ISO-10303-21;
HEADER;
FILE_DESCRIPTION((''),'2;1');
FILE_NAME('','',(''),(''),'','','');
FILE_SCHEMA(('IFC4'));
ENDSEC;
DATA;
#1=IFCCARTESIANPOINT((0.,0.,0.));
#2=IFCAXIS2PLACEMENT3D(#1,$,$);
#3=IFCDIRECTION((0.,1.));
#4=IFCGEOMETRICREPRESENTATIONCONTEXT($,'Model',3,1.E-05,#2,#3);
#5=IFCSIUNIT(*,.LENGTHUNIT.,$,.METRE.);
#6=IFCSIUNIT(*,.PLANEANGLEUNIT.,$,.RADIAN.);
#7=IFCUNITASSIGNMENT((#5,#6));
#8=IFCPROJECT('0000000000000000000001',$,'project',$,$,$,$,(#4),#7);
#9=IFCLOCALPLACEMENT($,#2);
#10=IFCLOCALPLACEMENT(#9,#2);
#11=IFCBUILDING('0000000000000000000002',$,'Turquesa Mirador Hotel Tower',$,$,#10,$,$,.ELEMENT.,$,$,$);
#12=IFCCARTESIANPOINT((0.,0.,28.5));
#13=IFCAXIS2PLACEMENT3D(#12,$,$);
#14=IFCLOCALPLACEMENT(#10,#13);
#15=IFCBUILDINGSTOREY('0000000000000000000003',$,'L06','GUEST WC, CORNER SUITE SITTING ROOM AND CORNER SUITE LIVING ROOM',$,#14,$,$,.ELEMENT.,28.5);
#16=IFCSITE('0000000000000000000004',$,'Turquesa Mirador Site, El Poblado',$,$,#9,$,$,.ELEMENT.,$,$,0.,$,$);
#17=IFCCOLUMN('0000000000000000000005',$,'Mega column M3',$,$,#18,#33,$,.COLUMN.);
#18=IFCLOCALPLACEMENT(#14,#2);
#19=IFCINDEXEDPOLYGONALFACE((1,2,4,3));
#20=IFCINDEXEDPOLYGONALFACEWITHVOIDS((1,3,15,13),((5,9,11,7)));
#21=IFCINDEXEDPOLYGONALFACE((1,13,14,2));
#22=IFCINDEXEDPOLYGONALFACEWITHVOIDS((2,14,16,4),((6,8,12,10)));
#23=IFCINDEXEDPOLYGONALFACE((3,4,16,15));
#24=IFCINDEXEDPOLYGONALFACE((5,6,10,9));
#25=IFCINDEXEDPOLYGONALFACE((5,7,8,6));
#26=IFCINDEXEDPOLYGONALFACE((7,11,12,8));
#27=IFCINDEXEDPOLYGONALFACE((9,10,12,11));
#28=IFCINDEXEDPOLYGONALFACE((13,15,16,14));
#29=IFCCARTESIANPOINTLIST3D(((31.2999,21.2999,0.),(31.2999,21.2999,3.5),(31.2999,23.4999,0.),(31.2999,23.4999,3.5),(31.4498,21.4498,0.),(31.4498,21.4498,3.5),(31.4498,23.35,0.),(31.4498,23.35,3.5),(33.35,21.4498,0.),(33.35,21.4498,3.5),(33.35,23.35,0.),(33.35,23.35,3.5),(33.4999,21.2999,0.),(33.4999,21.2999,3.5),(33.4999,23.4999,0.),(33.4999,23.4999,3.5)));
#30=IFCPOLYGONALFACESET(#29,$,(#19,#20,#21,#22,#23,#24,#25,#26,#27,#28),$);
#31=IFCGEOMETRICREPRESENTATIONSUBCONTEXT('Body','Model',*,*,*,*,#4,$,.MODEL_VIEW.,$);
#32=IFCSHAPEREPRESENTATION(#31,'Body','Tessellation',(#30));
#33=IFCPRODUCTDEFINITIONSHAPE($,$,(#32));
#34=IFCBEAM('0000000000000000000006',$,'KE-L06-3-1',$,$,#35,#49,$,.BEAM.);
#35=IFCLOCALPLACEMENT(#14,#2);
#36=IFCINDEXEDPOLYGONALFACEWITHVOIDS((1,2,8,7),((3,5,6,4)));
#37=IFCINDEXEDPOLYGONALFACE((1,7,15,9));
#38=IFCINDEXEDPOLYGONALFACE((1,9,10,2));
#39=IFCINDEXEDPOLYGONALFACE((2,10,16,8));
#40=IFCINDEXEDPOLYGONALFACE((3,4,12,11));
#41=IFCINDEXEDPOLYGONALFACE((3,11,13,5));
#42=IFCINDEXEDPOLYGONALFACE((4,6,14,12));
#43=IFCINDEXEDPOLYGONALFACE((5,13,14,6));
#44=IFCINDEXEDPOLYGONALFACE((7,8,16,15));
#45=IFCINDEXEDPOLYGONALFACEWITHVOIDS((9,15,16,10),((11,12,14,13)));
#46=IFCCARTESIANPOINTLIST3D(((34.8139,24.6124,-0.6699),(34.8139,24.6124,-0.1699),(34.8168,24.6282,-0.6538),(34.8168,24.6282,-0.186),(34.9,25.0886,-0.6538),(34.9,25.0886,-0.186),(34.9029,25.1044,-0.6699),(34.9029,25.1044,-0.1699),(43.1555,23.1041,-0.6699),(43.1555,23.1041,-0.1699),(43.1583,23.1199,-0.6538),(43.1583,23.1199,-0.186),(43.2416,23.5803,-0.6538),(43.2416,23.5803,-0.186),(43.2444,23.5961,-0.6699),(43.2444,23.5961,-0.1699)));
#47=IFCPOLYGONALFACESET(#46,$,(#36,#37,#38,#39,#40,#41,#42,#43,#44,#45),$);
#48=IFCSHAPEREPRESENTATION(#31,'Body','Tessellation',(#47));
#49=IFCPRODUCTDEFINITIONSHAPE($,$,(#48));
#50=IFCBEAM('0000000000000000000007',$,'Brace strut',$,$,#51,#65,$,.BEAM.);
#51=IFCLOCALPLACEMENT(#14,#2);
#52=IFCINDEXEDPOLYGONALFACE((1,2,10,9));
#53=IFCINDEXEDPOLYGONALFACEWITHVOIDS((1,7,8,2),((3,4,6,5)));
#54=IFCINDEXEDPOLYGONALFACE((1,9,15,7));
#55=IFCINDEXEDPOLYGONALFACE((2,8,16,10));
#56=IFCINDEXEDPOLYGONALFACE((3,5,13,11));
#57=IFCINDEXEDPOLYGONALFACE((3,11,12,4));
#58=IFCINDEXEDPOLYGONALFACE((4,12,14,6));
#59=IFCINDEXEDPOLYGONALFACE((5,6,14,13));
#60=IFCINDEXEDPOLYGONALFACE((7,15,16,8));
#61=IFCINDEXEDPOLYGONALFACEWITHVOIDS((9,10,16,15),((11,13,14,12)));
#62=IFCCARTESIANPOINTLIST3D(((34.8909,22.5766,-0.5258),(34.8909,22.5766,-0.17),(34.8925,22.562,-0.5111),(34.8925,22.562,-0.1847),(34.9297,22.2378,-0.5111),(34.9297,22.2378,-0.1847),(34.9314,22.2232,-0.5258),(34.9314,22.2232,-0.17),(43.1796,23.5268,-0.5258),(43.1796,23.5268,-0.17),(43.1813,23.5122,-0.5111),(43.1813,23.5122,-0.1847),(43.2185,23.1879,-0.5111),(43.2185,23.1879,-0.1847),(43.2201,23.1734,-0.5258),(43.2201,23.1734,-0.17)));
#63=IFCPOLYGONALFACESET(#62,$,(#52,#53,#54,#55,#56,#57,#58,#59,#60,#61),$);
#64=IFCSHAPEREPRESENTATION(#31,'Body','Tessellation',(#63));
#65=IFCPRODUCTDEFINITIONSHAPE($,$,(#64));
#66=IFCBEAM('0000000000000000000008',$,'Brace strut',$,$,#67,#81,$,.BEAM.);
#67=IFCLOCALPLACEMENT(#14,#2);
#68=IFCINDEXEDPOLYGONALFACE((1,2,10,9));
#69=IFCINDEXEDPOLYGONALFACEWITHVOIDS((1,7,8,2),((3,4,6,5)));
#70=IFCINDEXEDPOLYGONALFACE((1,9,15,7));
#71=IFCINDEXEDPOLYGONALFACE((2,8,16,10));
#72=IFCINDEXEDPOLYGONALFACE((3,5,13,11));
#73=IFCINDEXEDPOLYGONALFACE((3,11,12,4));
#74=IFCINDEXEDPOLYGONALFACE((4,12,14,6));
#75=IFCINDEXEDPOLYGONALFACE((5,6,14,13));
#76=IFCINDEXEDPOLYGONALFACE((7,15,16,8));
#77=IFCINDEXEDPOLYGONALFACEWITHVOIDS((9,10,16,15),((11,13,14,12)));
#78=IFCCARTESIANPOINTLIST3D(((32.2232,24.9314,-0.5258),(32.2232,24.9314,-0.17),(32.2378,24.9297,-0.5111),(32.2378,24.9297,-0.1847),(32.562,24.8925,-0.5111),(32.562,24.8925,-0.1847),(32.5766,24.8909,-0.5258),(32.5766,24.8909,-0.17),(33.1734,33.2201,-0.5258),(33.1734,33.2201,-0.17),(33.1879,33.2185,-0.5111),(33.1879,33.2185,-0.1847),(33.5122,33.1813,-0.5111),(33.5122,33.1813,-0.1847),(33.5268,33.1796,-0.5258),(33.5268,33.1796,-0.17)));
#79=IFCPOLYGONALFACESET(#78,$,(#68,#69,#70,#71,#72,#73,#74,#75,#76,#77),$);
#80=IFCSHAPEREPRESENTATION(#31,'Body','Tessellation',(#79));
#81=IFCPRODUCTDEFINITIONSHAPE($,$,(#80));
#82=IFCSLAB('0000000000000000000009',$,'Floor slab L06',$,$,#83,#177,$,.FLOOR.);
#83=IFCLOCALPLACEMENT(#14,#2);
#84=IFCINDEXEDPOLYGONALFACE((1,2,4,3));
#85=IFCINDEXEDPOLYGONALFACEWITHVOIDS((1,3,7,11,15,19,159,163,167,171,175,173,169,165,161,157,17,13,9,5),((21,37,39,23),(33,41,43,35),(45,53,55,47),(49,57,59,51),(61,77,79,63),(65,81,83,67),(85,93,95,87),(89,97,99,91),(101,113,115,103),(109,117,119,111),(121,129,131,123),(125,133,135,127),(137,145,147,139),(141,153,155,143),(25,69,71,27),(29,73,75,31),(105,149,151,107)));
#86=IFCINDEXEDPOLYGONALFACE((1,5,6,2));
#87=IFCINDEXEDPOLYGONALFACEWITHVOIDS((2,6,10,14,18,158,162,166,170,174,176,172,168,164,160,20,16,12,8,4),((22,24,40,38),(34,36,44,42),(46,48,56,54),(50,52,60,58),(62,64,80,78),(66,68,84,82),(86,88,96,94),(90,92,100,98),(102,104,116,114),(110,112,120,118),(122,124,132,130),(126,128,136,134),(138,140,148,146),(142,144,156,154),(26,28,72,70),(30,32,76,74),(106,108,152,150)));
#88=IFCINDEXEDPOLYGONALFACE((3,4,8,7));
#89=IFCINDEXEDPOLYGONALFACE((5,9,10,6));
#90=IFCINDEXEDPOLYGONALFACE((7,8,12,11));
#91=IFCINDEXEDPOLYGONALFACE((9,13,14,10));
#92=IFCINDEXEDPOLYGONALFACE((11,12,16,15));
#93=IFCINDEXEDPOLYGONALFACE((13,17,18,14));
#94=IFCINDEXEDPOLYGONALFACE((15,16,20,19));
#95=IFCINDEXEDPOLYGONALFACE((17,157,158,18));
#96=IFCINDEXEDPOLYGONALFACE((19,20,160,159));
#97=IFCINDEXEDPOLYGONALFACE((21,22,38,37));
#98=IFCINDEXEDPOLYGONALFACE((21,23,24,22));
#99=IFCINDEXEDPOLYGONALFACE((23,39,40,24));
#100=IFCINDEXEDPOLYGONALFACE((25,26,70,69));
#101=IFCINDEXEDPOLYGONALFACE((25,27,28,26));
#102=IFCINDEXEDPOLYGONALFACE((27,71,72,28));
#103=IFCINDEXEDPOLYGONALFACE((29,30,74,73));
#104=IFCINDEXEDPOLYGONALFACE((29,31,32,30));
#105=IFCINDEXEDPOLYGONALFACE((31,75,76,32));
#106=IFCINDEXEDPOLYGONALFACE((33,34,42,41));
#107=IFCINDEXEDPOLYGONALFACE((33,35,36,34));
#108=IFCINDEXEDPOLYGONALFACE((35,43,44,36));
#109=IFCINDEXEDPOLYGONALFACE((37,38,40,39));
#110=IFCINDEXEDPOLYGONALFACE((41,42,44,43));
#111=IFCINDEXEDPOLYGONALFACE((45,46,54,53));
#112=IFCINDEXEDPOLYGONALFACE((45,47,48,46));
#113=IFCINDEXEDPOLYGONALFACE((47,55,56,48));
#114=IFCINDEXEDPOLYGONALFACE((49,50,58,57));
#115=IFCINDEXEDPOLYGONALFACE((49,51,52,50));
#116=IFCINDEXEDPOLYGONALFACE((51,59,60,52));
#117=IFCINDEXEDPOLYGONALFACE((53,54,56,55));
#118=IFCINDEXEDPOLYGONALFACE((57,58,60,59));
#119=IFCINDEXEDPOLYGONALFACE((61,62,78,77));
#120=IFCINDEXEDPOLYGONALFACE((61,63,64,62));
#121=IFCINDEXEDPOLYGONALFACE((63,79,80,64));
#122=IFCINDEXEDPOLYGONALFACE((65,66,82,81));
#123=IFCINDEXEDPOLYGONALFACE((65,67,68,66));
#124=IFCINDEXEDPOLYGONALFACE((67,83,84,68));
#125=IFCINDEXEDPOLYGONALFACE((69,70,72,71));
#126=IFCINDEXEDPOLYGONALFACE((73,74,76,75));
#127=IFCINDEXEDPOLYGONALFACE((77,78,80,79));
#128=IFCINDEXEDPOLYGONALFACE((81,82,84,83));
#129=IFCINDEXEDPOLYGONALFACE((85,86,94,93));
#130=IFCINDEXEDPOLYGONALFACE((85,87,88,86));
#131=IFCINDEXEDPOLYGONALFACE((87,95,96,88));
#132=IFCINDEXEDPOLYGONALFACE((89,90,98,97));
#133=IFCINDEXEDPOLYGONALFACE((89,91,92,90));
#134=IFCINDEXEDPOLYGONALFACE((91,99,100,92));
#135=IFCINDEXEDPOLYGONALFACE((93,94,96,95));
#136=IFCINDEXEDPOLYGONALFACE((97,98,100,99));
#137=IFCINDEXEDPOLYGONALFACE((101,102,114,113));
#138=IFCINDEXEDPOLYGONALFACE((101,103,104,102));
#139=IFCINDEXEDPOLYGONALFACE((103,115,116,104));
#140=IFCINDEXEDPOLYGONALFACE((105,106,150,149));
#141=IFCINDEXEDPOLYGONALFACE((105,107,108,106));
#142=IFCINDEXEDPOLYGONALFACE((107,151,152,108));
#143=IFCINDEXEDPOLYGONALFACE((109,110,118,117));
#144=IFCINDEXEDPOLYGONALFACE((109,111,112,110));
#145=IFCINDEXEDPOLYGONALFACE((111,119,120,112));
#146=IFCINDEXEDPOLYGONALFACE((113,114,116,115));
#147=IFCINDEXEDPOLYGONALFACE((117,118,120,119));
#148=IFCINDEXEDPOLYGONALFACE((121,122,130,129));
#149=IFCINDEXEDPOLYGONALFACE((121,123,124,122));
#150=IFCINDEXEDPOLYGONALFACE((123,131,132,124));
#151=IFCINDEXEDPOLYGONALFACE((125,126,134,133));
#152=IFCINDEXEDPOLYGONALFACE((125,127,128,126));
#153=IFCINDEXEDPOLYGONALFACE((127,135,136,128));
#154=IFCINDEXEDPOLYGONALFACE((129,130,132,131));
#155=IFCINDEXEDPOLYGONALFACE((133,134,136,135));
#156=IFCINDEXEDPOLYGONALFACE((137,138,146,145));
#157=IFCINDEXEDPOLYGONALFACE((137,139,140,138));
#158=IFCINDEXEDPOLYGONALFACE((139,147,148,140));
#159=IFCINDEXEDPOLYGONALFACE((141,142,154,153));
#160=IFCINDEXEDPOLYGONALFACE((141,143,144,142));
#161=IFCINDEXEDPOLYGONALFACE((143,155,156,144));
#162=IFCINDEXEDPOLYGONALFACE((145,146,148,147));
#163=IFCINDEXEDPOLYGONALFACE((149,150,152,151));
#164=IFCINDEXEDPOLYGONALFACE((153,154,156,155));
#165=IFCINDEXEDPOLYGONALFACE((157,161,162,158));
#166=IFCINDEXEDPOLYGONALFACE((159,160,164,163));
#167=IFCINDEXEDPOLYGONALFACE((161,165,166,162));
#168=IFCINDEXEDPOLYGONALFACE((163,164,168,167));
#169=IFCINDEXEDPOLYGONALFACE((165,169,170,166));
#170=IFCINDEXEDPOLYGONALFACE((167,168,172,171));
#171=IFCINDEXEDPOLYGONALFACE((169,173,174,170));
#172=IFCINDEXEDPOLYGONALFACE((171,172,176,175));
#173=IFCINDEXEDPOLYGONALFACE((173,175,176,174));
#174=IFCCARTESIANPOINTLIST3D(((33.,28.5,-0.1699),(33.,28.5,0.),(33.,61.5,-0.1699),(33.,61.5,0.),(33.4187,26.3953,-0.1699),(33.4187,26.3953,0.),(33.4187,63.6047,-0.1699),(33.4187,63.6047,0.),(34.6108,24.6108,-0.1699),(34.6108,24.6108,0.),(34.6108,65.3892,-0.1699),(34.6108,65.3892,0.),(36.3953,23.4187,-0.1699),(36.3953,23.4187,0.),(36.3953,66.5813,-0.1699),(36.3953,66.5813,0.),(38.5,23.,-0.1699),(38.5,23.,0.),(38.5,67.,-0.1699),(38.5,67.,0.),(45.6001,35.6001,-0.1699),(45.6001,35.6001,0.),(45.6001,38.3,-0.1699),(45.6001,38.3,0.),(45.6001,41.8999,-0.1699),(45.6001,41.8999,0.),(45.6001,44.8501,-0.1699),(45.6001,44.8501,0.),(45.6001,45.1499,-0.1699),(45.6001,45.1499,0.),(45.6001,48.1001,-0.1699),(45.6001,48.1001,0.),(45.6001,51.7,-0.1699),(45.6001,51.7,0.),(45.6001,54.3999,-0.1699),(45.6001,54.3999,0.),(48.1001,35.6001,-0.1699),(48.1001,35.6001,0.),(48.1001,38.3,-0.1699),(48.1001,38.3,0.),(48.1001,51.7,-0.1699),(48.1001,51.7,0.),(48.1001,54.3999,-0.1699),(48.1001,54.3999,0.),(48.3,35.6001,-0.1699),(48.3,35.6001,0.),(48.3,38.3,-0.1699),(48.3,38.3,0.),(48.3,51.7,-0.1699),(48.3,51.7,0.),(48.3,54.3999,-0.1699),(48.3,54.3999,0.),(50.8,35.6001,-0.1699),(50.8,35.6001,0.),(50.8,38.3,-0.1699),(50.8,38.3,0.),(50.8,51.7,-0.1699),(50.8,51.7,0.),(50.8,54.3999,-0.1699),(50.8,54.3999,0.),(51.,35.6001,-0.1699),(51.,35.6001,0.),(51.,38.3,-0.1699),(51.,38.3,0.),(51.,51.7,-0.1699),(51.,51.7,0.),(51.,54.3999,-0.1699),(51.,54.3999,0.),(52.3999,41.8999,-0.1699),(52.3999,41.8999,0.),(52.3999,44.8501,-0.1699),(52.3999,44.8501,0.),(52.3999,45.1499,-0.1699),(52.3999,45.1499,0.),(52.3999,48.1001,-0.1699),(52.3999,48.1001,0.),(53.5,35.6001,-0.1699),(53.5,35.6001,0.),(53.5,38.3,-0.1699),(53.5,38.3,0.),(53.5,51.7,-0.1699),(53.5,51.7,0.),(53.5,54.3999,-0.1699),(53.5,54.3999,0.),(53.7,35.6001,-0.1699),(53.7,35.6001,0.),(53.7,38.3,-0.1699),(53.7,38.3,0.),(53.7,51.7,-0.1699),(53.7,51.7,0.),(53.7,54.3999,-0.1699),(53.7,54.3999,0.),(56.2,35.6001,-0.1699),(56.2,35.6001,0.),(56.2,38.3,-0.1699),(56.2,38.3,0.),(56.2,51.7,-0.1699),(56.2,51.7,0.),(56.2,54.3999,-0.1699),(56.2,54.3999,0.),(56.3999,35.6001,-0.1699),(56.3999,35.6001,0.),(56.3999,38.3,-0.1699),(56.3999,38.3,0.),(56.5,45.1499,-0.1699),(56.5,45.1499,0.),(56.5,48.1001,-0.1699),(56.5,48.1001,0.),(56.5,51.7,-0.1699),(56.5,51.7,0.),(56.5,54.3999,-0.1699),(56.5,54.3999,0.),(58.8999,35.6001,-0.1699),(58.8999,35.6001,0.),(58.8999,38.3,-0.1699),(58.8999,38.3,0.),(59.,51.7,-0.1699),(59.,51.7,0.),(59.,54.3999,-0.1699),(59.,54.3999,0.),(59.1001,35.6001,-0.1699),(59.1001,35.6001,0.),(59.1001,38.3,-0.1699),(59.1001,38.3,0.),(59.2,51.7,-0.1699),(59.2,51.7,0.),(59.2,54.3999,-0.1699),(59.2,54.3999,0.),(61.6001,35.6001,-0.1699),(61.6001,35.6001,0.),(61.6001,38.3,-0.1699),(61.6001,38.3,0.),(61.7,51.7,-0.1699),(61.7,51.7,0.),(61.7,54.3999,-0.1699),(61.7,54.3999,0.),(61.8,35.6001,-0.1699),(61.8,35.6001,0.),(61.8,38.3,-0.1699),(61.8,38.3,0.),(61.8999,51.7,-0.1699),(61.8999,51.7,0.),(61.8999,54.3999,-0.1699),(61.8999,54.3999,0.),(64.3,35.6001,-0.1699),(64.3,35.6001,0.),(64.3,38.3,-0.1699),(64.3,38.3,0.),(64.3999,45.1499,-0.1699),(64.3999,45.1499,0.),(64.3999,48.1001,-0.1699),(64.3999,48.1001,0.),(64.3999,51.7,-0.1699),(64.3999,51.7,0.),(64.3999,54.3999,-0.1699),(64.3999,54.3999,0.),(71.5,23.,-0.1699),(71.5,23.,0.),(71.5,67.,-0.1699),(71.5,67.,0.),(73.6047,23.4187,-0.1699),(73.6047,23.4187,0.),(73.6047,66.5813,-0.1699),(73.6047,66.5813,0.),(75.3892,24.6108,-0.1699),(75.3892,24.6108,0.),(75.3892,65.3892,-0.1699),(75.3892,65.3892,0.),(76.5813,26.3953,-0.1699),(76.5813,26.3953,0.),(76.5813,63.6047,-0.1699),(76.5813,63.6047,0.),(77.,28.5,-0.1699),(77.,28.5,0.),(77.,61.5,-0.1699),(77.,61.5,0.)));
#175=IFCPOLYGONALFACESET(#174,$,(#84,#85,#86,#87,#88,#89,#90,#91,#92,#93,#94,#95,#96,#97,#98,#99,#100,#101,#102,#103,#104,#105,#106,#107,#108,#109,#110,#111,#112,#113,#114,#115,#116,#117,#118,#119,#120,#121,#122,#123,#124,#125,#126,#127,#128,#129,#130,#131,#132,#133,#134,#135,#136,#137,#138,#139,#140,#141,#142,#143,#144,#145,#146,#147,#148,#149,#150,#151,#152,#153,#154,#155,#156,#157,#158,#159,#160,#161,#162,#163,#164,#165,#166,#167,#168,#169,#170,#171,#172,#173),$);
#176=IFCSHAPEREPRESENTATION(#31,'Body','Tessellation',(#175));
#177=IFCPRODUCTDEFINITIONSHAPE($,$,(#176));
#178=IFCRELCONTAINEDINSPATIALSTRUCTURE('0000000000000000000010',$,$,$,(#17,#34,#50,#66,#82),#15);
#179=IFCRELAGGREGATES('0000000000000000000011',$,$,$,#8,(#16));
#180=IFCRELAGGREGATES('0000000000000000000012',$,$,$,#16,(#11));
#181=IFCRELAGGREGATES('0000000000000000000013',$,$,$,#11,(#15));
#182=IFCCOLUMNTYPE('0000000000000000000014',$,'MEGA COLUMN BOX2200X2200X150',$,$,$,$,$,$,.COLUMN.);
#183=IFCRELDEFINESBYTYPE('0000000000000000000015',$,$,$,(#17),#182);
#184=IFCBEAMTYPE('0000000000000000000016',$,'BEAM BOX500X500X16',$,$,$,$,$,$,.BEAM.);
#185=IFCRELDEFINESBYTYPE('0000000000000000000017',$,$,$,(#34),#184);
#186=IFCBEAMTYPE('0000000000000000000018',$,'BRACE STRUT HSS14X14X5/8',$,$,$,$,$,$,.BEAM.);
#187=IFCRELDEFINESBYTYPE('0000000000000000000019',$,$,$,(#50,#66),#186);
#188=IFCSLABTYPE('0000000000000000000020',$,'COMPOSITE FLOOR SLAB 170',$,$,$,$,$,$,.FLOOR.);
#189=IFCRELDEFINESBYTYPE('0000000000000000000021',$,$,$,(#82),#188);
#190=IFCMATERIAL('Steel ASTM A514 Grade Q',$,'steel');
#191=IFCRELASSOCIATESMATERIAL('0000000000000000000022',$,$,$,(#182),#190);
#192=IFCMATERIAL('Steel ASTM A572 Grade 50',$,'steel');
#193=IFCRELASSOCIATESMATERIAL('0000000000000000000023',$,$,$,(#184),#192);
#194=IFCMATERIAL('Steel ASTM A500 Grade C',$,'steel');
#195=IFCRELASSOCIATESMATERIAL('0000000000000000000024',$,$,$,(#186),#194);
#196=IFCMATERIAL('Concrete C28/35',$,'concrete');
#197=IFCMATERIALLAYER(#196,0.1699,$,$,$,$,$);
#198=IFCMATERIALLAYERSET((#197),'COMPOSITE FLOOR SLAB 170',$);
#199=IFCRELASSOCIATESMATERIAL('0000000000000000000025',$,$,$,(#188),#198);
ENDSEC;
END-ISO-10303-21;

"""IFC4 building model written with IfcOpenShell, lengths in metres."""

from ifc_helpers import new_model, si_unit, direction, frame, origin, origin_2d, place, context, subcontext, project, spatial, polyline, hollow_rectangle, outline, extrude, material, layer, layer_set, material_profile, profile_set, type_object, element, save


model = new_model("IFC4")

# Units and contexts
model_context = context("Model", 3, precision=1e-05, world=origin(), true_north=direction((0.0, 1.0)))
body_context = subcontext(model_context, "Body", "Model", "MODEL_VIEW")
ifc_project = project(units=[si_unit("LENGTHUNIT", "METRE"), si_unit("PLANEANGLEUNIT", "RADIAN")], contexts=[model_context])

# Site, building, storey
site_placement = place(None, origin())
site = spatial("IfcSite", under=ifc_project, at=site_placement, Name="Turquesa Mirador Site, El Poblado", CompositionType="ELEMENT", RefElevation=0.0)
building_placement = place(site_placement, origin())
building = spatial("IfcBuilding", under=site, at=building_placement, Name="Turquesa Mirador Hotel Tower", CompositionType="ELEMENT")
storey_placement = place(building_placement, frame((0.0, 0.0, 28.5)))
storey = spatial("IfcBuildingStorey", under=building, at=storey_placement, Name="L06", Description="GUEST WC, CORNER SUITE SITTING ROOM AND CORNER SUITE LIVING ROOM", CompositionType="ELEMENT", Elevation=28.5)

# Column
ifc_material_1 = material(Name="Steel ASTM A514 Grade Q", Category="steel")
ifc_material_profile_1 = material_profile(ifc_material_1, hollow_rectangle(XDim=2.2, YDim=2.2, WallThickness=0.1499, at=origin_2d()), Name="BOX2200X2200X150")
ifc_profile_set_1 = profile_set([ifc_material_profile_1], Name="Steel ASTM A514 Grade Q")
column_type = type_object("IfcColumnType", Name="MEGA COLUMN BOX2200X2200X150", PredefinedType="COLUMN", material=ifc_profile_set_1)
column_placement = place(storey_placement, frame((32.3999, 22.3999, 0.0), z_axis=(0.0, 0.0, 1.0), x_axis=(1.0, 0.0, 0.0)))
element("IfcColumn", 1, at=column_placement, inside=storey, type_object=column_type, Name="Mega column M3", PredefinedType="COLUMN", context=body_context, shape_type="SweptSolid", body=[
    extrude(hollow_rectangle(XDim=2.2, YDim=2.2, WallThickness=0.1499, at=origin_2d()), origin(), (0.0, 0.0, 1.0), 3.5),
])

# Beams
ifc_material_2 = material(Name="Steel ASTM A572 Grade 50", Category="steel")
ifc_material_profile_2 = material_profile(ifc_material_2, hollow_rectangle(XDim=0.5, YDim=0.5, WallThickness=0.0161, at=origin_2d()), Name="BOX500X500X16")
ifc_profile_set_2 = profile_set([ifc_material_profile_2], Name="Steel ASTM A572 Grade 50")
beam_type_1 = type_object("IfcBeamType", Name="BEAM BOX500X500X16", PredefinedType="BEAM", material=ifc_profile_set_2)
beam_placement = place(storey_placement, frame((34.8584, 24.8584, -0.4199), z_axis=(0.984043, -0.177932, 0.0), x_axis=(0.177932, 0.984043, 0.0)))
element("IfcBeam", 2, at=beam_placement, inside=storey, type_object=beam_type_1, Name="KE-L06-3-1", PredefinedType="BEAM", context=body_context, shape_type="SweptSolid", body=[
    extrude(hollow_rectangle(XDim=0.5, YDim=0.5, WallThickness=0.0161, at=origin_2d()), origin(), (0.0, 0.0, 1.0), 8.4768),
])
ifc_material_3 = material(Name="Steel ASTM A500 Grade C", Category="steel")
ifc_material_profile_3 = material_profile(ifc_material_3, hollow_rectangle(XDim=0.3557, YDim=0.3557, WallThickness=0.0146, at=origin_2d()), Name="HSS14X14X5/8")
ifc_profile_set_3 = profile_set([ifc_material_profile_3], Name="Steel ASTM A500 Grade C")
beam_type_2 = type_object("IfcBeamType", Name="BRACE STRUT HSS14X14X5/8", PredefinedType="BEAM", material=ifc_profile_set_3)
for number, where, z_axis, x_axis, name in (
    (3, (34.9111, 22.3999, -0.3479), (0.993493, 0.11389, 0.0), (-0.11389, 0.993493, 0.0), "Brace strut"),
    (4, (32.3999, 24.9111, -0.3479), (0.11389, 0.993493, 0.0), (-0.993493, 0.11389, 0.0), "Brace strut"),
):
    element("IfcBeam", number, at=place(storey_placement, frame(where, z_axis=z_axis, x_axis=x_axis)), inside=storey, type_object=beam_type_2, Name=name, PredefinedType="BEAM", context=body_context, shape_type="SweptSolid", body=[
        extrude(hollow_rectangle(XDim=0.3557, YDim=0.3557, WallThickness=0.0146, at=origin_2d()), origin(), (0.0, 0.0, 1.0), 8.343),
    ])

# Slab
ifc_material_4 = material(Name="Concrete C28/35", Category="concrete")
ifc_layer_1 = layer(ifc_material_4, 0.1699)
ifc_layer_set_1 = layer_set([ifc_layer_1], Name="COMPOSITE FLOOR SLAB 170")
slab_type_1 = type_object("IfcSlabType", Name="COMPOSITE FLOOR SLAB 170", PredefinedType="FLOOR", material=ifc_layer_set_1)
slab_1_placement = place(storey_placement, frame((0.0, 0.0, -0.1699)))
element("IfcSlab", 5, at=slab_1_placement, inside=storey, type_object=slab_type_1, Name="Floor slab L06", PredefinedType="FLOOR", context=body_context, shape_type="SweptSolid", body=[
    extrude(outline(polyline([(71.5, 23.0), (73.6047, 23.4187), (75.3892, 24.6108), (76.5813, 26.3953), (77.0, 28.5), (77.0, 61.5), (76.5813, 63.6047), (75.3892, 65.3892), (73.6047, 66.5813), (71.5, 67.0), (38.5, 67.0), (36.3953, 66.5813), (34.6108, 65.3892), (33.4187, 63.6047), (33.0, 61.5), (33.0, 28.5), (33.4187, 26.3953), (34.6108, 24.6108), (36.3953, 23.4187), (38.5, 23.0), (71.5, 23.0)]), holes=[polyline([(45.6001, 51.7), (48.1001, 51.7), (48.1001, 54.3999), (45.6001, 54.3999), (45.6001, 51.7)]), polyline([(48.3, 51.7), (50.8, 51.7), (50.8, 54.3999), (48.3, 54.3999), (48.3, 51.7)]), polyline([(51.0, 51.7), (53.5, 51.7), (53.5, 54.3999), (51.0, 54.3999), (51.0, 51.7)]), polyline([(53.7, 51.7), (56.2, 51.7), (56.2, 54.3999), (53.7, 54.3999), (53.7, 51.7)]), polyline([(56.5, 51.7), (59.0, 51.7), (59.0, 54.3999), (56.5, 54.3999), (56.5, 51.7)]), polyline([(59.2, 51.7), (61.7, 51.7), (61.7, 54.3999), (59.2, 54.3999), (59.2, 51.7)]), polyline([(45.6001, 35.6001), (48.1001, 35.6001), (48.1001, 38.3), (45.6001, 38.3), (45.6001, 35.6001)]), polyline([(48.3, 35.6001), (50.8, 35.6001), (50.8, 38.3), (48.3, 38.3), (48.3, 35.6001)]), polyline([(51.0, 35.6001), (53.5, 35.6001), (53.5, 38.3), (51.0, 38.3), (51.0, 35.6001)]), polyline([(53.7, 35.6001), (56.2, 35.6001), (56.2, 38.3), (53.7, 38.3), (53.7, 35.6001)]), polyline([(56.3999, 35.6001), (58.8999, 35.6001), (58.8999, 38.3), (56.3999, 38.3), (56.3999, 35.6001)]), polyline([(59.1001, 35.6001), (61.6001, 35.6001), (61.6001, 38.3), (59.1001, 38.3), (59.1001, 35.6001)]), polyline([(61.8, 35.6001), (64.3, 35.6001), (64.3, 38.3), (61.8, 38.3), (61.8, 35.6001)]), polyline([(45.6001, 45.1499), (52.3999, 45.1499), (52.3999, 48.1001), (45.6001, 48.1001), (45.6001, 45.1499)]), polyline([(45.6001, 41.8999), (52.3999, 41.8999), (52.3999, 44.8501), (45.6001, 44.8501), (45.6001, 41.8999)]), polyline([(56.5, 45.1499), (64.3999, 45.1499), (64.3999, 48.1001), (56.5, 48.1001), (56.5, 45.1499)]), polyline([(61.8999, 51.7), (64.3999, 51.7), (64.3999, 54.3999), (61.8999, 54.3999), (61.8999, 51.7)])]), origin(), (0.0, 0.0, 1.0), 0.1699),
])

save(model, "model.ifc")
